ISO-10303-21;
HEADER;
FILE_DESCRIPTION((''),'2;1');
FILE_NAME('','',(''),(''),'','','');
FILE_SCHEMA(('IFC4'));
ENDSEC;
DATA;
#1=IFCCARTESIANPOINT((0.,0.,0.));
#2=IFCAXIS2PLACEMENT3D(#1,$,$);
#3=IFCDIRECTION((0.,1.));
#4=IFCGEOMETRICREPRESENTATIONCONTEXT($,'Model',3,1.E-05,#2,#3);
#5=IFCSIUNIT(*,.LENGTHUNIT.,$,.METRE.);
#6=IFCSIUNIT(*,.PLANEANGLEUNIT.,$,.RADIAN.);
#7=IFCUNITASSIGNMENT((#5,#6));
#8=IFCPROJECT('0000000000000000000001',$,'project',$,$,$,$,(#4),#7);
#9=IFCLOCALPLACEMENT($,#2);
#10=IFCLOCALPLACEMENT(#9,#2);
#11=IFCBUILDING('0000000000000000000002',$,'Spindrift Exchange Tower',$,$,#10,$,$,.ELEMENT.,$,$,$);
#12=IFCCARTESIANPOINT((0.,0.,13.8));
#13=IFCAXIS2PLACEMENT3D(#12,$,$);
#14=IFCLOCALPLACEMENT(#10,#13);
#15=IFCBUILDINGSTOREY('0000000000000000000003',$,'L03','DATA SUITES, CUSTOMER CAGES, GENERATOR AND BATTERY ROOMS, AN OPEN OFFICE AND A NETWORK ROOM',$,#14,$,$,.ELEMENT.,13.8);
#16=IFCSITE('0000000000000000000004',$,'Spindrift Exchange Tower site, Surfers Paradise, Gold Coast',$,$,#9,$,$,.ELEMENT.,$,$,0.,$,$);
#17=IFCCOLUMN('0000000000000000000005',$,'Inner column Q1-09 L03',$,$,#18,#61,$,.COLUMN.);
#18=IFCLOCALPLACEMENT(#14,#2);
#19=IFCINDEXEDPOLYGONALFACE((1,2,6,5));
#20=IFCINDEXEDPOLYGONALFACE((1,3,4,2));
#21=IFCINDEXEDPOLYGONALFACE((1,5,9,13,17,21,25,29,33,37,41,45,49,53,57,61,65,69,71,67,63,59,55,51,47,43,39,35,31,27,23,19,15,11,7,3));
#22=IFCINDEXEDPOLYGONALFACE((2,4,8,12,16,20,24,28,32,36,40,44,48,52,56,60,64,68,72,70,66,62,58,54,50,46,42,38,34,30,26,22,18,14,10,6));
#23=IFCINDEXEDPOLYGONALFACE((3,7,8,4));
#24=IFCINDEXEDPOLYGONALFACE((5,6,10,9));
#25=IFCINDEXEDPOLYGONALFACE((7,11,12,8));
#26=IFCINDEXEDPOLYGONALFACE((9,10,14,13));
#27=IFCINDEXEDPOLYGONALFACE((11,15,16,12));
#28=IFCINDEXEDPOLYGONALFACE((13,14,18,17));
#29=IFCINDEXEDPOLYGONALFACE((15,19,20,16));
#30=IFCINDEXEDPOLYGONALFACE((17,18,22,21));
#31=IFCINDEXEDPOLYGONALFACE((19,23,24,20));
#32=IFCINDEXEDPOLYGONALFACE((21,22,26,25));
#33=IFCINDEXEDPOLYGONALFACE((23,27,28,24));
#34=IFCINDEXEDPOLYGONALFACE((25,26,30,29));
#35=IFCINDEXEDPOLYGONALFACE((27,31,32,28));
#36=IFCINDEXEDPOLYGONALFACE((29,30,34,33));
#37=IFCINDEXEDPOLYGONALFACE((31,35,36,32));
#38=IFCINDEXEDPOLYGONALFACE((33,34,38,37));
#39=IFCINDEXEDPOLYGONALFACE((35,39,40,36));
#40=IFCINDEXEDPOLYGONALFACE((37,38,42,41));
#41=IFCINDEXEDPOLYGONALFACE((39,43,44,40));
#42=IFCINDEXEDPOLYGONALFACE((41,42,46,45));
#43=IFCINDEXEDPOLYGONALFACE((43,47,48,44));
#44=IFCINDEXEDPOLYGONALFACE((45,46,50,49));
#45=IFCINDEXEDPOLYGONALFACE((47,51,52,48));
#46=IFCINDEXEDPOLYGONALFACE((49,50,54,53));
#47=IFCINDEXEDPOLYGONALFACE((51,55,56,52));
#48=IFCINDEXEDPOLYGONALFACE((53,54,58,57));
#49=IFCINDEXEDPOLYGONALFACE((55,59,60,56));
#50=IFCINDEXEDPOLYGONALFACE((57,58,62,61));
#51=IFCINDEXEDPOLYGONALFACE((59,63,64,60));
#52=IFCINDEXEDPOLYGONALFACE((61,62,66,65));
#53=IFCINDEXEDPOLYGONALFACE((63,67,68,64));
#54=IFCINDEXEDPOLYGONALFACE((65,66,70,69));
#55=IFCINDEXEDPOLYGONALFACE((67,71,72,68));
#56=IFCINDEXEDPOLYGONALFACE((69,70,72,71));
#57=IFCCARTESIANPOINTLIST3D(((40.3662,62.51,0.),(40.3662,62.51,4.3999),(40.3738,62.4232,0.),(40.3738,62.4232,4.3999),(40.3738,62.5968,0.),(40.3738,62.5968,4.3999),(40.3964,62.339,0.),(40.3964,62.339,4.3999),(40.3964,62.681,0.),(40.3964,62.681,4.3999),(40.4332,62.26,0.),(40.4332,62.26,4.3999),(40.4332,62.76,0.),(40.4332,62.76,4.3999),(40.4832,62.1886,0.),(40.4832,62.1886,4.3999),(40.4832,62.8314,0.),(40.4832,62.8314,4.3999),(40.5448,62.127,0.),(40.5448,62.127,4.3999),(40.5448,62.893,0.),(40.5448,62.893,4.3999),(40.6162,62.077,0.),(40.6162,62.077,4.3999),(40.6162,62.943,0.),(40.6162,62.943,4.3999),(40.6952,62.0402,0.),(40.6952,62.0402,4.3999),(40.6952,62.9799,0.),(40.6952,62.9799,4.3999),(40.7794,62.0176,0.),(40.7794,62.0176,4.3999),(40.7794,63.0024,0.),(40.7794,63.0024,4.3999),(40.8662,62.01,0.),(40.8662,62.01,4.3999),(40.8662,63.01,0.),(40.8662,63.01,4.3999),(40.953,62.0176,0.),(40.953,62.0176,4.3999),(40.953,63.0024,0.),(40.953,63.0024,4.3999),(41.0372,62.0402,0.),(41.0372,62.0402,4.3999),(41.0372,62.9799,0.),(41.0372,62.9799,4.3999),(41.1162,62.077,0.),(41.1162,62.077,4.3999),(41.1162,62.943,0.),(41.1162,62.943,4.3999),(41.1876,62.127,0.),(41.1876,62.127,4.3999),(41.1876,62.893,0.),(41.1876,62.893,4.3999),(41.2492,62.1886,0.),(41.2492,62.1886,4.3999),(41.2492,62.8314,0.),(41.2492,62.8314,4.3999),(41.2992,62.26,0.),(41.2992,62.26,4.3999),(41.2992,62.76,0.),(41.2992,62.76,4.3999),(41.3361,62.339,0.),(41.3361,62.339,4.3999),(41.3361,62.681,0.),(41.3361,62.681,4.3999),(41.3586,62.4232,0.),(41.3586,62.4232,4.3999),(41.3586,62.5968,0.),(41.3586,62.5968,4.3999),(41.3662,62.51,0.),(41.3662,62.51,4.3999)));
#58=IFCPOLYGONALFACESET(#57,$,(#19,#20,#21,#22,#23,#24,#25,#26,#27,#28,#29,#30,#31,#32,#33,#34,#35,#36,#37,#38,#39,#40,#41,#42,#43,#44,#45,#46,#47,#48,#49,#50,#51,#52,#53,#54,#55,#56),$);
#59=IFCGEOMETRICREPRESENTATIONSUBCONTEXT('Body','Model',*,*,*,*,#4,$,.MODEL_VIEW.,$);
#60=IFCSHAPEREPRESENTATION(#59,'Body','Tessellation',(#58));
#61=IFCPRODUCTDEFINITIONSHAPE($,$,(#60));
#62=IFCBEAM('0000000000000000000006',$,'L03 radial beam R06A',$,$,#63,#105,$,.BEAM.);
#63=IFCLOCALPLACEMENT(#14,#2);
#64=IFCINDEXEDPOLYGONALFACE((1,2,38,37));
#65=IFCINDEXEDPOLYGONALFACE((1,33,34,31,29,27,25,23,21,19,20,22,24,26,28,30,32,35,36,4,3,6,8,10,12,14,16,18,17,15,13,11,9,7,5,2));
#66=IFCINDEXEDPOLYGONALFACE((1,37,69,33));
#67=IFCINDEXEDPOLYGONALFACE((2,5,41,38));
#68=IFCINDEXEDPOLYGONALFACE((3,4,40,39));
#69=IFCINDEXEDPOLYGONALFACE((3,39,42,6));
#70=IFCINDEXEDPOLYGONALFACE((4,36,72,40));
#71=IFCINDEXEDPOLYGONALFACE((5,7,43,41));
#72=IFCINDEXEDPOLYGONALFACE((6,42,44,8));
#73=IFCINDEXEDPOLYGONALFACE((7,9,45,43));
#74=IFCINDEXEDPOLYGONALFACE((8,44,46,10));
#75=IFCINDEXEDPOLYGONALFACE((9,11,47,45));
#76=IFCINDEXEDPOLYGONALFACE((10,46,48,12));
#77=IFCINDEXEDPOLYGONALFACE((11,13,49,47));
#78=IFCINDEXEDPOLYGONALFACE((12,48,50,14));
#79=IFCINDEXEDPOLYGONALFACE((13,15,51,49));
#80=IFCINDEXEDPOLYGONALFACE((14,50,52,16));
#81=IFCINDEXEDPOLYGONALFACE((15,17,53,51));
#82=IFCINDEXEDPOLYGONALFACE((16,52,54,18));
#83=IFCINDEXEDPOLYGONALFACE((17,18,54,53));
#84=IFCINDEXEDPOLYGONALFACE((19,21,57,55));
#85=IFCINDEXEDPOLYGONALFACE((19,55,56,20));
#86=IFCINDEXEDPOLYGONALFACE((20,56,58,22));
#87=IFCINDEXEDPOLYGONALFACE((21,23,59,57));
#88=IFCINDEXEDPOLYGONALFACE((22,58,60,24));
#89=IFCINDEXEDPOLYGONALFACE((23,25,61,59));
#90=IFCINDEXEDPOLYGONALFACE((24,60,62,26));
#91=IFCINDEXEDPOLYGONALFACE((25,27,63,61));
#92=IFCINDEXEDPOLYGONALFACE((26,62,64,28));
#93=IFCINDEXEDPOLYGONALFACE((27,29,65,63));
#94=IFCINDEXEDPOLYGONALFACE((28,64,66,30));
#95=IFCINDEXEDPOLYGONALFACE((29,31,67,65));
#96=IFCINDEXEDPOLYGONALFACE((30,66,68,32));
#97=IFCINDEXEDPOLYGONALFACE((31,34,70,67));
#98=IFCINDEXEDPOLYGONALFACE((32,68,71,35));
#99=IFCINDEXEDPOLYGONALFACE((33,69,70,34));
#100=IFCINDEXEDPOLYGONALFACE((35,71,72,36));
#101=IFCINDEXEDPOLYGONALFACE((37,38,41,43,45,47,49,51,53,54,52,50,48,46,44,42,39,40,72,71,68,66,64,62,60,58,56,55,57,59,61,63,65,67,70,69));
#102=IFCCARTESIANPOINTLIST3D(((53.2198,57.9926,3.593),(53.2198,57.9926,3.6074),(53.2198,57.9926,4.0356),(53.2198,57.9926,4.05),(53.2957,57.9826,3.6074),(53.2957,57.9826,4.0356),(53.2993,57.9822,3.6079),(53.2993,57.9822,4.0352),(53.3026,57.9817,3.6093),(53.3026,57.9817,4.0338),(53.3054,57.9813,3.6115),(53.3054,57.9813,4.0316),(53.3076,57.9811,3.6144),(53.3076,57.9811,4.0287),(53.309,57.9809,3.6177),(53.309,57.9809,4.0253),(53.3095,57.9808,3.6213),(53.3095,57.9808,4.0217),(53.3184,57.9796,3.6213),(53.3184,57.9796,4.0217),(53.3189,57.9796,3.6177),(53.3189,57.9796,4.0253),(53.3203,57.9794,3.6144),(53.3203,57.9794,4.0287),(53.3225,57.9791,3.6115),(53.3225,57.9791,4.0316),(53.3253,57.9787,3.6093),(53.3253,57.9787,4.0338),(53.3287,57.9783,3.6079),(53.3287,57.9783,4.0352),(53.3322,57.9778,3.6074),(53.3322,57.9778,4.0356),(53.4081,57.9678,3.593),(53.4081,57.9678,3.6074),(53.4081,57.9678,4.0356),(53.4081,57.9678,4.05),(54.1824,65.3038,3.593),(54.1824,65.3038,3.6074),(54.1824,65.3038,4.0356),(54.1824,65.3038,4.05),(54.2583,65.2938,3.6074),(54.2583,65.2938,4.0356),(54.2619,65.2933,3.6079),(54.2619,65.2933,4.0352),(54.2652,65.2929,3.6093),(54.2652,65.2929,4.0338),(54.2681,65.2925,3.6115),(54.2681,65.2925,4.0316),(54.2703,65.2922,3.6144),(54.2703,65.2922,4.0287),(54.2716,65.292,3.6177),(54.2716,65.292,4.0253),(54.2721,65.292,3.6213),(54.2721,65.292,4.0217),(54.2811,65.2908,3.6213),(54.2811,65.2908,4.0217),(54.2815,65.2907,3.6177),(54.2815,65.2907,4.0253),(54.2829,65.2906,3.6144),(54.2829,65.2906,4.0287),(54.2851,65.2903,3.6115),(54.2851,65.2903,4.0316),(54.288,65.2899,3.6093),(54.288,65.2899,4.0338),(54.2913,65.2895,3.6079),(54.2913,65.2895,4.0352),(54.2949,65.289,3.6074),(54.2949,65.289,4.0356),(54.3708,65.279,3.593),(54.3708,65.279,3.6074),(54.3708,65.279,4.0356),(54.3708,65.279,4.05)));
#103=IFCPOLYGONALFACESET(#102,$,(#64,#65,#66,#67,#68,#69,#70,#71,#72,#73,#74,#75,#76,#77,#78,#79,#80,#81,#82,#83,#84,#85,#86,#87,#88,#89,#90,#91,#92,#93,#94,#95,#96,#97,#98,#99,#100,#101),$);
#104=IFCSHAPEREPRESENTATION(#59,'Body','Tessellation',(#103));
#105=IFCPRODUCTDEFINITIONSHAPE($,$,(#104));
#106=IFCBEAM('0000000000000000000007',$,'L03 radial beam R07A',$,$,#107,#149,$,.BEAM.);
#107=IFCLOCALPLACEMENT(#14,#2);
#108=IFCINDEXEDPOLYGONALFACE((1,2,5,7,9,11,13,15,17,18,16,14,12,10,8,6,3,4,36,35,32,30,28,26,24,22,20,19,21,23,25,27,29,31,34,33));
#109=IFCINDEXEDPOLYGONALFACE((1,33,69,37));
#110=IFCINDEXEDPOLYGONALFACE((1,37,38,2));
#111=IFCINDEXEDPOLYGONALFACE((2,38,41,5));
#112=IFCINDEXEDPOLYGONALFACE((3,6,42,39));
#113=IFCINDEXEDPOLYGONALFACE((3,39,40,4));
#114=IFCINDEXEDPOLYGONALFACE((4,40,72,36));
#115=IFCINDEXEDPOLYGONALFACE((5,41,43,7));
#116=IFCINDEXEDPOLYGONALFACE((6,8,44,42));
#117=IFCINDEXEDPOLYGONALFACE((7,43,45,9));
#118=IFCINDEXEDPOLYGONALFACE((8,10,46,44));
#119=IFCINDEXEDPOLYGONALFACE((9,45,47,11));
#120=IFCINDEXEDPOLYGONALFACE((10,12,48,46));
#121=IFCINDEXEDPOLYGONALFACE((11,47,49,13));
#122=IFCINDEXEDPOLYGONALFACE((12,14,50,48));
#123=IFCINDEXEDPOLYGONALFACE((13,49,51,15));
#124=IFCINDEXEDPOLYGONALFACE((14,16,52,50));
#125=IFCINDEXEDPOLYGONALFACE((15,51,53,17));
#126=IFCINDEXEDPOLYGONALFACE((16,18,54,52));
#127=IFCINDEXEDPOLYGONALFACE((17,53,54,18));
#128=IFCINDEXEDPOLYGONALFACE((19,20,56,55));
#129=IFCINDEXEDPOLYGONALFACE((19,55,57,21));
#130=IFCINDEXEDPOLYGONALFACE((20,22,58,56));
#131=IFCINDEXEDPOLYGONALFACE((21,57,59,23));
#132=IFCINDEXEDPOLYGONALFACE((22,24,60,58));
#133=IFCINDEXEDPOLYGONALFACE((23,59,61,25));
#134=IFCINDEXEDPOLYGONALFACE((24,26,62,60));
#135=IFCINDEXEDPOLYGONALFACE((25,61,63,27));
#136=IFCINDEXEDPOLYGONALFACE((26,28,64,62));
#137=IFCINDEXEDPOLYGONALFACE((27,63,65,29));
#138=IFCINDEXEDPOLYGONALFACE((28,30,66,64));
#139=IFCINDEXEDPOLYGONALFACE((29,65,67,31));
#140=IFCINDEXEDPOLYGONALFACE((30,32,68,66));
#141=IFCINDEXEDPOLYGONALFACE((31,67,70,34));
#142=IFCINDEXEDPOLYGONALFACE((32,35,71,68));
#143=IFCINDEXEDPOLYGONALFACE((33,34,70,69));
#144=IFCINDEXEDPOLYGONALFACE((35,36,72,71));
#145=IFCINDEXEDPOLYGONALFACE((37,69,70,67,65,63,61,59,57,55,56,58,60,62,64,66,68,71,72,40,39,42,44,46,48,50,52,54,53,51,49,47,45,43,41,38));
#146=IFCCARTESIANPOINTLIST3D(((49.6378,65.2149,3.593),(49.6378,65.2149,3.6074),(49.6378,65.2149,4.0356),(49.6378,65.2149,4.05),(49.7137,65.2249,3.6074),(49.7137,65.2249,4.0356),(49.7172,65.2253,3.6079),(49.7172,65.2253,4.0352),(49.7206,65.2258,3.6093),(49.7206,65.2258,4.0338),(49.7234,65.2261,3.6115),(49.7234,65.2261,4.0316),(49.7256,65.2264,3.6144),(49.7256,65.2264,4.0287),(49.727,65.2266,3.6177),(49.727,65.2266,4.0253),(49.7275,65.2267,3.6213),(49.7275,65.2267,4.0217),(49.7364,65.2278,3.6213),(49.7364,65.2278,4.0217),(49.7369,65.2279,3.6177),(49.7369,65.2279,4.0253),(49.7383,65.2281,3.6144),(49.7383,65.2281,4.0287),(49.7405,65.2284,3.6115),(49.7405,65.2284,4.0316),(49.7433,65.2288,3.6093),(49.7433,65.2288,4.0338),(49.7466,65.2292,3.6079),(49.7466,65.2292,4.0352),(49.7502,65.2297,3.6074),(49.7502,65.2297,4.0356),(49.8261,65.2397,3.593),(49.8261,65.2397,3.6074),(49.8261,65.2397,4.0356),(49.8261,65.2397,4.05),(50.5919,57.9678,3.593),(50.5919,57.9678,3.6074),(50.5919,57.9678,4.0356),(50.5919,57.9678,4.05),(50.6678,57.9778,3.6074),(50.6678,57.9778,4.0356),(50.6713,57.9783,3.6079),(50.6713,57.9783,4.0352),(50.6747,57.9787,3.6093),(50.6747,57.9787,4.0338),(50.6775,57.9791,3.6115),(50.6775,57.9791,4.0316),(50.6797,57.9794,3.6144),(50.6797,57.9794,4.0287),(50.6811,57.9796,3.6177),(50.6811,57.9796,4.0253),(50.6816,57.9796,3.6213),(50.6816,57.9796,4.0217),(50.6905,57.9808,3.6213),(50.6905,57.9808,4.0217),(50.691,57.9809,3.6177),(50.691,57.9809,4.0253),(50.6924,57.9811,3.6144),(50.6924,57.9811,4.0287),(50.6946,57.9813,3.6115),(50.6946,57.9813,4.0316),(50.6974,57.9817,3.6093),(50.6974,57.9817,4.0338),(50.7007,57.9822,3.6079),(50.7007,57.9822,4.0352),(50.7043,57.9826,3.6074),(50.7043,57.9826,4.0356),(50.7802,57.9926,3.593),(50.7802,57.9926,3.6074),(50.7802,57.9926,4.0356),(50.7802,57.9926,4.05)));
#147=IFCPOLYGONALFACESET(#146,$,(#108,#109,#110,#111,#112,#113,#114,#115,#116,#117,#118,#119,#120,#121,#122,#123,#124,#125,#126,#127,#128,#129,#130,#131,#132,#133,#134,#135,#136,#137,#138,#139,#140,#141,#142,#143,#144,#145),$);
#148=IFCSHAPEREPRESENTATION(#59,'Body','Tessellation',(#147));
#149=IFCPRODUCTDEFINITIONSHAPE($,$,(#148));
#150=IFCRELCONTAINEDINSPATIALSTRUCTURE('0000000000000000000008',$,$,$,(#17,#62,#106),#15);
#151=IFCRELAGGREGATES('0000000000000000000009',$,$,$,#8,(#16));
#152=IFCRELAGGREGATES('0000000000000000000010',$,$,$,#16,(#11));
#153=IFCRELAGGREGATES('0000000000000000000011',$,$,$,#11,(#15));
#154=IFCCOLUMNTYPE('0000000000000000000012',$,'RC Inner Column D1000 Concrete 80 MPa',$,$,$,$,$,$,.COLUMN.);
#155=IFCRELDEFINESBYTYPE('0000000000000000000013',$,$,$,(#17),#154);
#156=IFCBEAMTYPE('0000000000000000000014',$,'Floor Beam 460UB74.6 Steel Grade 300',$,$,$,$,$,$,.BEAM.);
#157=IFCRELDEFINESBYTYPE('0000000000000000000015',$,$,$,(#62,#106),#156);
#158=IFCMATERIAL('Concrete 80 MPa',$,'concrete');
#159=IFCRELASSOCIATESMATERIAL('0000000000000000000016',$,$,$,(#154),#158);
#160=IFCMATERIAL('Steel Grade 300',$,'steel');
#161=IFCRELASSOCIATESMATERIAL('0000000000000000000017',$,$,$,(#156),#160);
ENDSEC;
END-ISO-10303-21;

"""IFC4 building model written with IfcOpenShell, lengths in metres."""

from ifc_helpers import new_model, si_unit, direction, frame, origin, origin_2d, place, context, subcontext, project, spatial, circle, i_section, extrude, source, transform, mapped, material, material_profile, profile_set, type_object, element, save


model = new_model("IFC4")

# Units and contexts
model_context = context("Model", 3, precision=1e-05, world=origin(), true_north=direction((0.0, 1.0)))
body_context = subcontext(model_context, "Body", "Model", "MODEL_VIEW")
ifc_project = project(units=[si_unit("LENGTHUNIT", "METRE"), si_unit("PLANEANGLEUNIT", "RADIAN")], contexts=[model_context])

# Site, building, storey
site_placement = place(None, origin())
site = spatial("IfcSite", under=ifc_project, at=site_placement, Name="Spindrift Exchange Tower site, Surfers Paradise, Gold Coast", CompositionType="ELEMENT", RefElevation=0.0)
building_placement = place(site_placement, origin())
building = spatial("IfcBuilding", under=site, at=building_placement, Name="Spindrift Exchange Tower", CompositionType="ELEMENT")
storey_placement = place(building_placement, frame((0.0, 0.0, 13.8)))
storey = spatial("IfcBuildingStorey", under=building, at=storey_placement, Name="L03", Description="DATA SUITES, CUSTOMER CAGES, GENERATOR AND BATTERY ROOMS, AN OPEN OFFICE AND A NETWORK ROOM", CompositionType="ELEMENT", Elevation=13.8)

# Column
ifc_material_1 = material(Name="Concrete 80 MPa", Category="concrete")
ifc_material_profile_1 = material_profile(ifc_material_1, circle(Radius=0.5, at=origin_2d()), Name="RC D1000")
ifc_profile_set_1 = profile_set([ifc_material_profile_1], Name="Concrete 80 MPa")
column_type = type_object("IfcColumnType", Name="RC Inner Column D1000 Concrete 80 MPa", PredefinedType="COLUMN", material=ifc_profile_set_1)
shared_shape_1 = source(origin(), body_context, "Body", "SweptSolid", [
    extrude(circle(Radius=0.5, at=origin_2d()), origin(), (0.0, 0.0, 1.0), 4.3999),
])
column_placement = place(storey_placement, frame((40.8662, 62.51, 0.0), z_axis=(0.0, 0.0, 1.0), x_axis=(1.0, 0.0, 0.0)))
element("IfcColumn", 1, at=column_placement, inside=storey, type_object=column_type, Name="Inner column Q1-09 L03", PredefinedType="COLUMN", context=body_context, shape_type="MappedRepresentation", body=[
    mapped(shared_shape_1, transform((0.0, 0.0, 0.0), scale=1.0)),
])

# Beams
ifc_material_2 = material(Name="Steel Grade 300", Category="steel")
ifc_material_profile_2 = material_profile(ifc_material_2, i_section(OverallWidth=0.1899, OverallDepth=0.457, WebThickness=0.009, FlangeThickness=0.0144, FilletRadius=0.0139, at=origin_2d()), Name="460UB74.6")
ifc_profile_set_2 = profile_set([ifc_material_profile_2], Name="Steel Grade 300")
beam_type_1 = type_object("IfcBeamType", Name="Floor Beam 460UB74.6 Steel Grade 300", PredefinedType="BEAM", material=ifc_profile_set_2)
shared_shape_2 = source(origin(), body_context, "Body", "SweptSolid", [
    extrude(i_section(OverallWidth=0.1899, OverallDepth=0.457, WebThickness=0.009, FlangeThickness=0.0144, FilletRadius=0.0139, at=origin_2d()), origin(), (0.0, 0.0, 1.0), 7.3743),
])
beam_1_placement = place(storey_placement, frame((53.314, 57.9802, 3.8215), z_axis=(0.130539, 0.991443, 0.0), x_axis=(-0.991443, 0.130539, 0.0)))
element("IfcBeam", 2, at=beam_1_placement, inside=storey, type_object=beam_type_1, Name="L03 radial beam R06A", PredefinedType="BEAM", context=body_context, shape_type="MappedRepresentation", body=[
    mapped(shared_shape_2, transform((0.0, 0.0, 0.0), scale=1.0)),
])
shared_shape_3 = source(origin(), body_context, "Body", "SweptSolid", [
    extrude(i_section(OverallWidth=0.1899, OverallDepth=0.457, WebThickness=0.009, FlangeThickness=0.0144, FilletRadius=0.0139, at=origin_2d()), origin(), (0.0, 0.0, 1.0), 7.3096),
])
beam_2_placement = place(storey_placement, frame((50.686, 57.9802, 3.8215), z_axis=(-0.130527, 0.991445, 0.0), x_axis=(-0.991445, -0.130527, 0.0)))
element("IfcBeam", 3, at=beam_2_placement, inside=storey, type_object=beam_type_1, Name="L03 radial beam R07A", PredefinedType="BEAM", context=body_context, shape_type="MappedRepresentation", body=[
    mapped(shared_shape_3, transform((0.0, 0.0, 0.0), scale=1.0)),
])

save(model, "model.ifc")
